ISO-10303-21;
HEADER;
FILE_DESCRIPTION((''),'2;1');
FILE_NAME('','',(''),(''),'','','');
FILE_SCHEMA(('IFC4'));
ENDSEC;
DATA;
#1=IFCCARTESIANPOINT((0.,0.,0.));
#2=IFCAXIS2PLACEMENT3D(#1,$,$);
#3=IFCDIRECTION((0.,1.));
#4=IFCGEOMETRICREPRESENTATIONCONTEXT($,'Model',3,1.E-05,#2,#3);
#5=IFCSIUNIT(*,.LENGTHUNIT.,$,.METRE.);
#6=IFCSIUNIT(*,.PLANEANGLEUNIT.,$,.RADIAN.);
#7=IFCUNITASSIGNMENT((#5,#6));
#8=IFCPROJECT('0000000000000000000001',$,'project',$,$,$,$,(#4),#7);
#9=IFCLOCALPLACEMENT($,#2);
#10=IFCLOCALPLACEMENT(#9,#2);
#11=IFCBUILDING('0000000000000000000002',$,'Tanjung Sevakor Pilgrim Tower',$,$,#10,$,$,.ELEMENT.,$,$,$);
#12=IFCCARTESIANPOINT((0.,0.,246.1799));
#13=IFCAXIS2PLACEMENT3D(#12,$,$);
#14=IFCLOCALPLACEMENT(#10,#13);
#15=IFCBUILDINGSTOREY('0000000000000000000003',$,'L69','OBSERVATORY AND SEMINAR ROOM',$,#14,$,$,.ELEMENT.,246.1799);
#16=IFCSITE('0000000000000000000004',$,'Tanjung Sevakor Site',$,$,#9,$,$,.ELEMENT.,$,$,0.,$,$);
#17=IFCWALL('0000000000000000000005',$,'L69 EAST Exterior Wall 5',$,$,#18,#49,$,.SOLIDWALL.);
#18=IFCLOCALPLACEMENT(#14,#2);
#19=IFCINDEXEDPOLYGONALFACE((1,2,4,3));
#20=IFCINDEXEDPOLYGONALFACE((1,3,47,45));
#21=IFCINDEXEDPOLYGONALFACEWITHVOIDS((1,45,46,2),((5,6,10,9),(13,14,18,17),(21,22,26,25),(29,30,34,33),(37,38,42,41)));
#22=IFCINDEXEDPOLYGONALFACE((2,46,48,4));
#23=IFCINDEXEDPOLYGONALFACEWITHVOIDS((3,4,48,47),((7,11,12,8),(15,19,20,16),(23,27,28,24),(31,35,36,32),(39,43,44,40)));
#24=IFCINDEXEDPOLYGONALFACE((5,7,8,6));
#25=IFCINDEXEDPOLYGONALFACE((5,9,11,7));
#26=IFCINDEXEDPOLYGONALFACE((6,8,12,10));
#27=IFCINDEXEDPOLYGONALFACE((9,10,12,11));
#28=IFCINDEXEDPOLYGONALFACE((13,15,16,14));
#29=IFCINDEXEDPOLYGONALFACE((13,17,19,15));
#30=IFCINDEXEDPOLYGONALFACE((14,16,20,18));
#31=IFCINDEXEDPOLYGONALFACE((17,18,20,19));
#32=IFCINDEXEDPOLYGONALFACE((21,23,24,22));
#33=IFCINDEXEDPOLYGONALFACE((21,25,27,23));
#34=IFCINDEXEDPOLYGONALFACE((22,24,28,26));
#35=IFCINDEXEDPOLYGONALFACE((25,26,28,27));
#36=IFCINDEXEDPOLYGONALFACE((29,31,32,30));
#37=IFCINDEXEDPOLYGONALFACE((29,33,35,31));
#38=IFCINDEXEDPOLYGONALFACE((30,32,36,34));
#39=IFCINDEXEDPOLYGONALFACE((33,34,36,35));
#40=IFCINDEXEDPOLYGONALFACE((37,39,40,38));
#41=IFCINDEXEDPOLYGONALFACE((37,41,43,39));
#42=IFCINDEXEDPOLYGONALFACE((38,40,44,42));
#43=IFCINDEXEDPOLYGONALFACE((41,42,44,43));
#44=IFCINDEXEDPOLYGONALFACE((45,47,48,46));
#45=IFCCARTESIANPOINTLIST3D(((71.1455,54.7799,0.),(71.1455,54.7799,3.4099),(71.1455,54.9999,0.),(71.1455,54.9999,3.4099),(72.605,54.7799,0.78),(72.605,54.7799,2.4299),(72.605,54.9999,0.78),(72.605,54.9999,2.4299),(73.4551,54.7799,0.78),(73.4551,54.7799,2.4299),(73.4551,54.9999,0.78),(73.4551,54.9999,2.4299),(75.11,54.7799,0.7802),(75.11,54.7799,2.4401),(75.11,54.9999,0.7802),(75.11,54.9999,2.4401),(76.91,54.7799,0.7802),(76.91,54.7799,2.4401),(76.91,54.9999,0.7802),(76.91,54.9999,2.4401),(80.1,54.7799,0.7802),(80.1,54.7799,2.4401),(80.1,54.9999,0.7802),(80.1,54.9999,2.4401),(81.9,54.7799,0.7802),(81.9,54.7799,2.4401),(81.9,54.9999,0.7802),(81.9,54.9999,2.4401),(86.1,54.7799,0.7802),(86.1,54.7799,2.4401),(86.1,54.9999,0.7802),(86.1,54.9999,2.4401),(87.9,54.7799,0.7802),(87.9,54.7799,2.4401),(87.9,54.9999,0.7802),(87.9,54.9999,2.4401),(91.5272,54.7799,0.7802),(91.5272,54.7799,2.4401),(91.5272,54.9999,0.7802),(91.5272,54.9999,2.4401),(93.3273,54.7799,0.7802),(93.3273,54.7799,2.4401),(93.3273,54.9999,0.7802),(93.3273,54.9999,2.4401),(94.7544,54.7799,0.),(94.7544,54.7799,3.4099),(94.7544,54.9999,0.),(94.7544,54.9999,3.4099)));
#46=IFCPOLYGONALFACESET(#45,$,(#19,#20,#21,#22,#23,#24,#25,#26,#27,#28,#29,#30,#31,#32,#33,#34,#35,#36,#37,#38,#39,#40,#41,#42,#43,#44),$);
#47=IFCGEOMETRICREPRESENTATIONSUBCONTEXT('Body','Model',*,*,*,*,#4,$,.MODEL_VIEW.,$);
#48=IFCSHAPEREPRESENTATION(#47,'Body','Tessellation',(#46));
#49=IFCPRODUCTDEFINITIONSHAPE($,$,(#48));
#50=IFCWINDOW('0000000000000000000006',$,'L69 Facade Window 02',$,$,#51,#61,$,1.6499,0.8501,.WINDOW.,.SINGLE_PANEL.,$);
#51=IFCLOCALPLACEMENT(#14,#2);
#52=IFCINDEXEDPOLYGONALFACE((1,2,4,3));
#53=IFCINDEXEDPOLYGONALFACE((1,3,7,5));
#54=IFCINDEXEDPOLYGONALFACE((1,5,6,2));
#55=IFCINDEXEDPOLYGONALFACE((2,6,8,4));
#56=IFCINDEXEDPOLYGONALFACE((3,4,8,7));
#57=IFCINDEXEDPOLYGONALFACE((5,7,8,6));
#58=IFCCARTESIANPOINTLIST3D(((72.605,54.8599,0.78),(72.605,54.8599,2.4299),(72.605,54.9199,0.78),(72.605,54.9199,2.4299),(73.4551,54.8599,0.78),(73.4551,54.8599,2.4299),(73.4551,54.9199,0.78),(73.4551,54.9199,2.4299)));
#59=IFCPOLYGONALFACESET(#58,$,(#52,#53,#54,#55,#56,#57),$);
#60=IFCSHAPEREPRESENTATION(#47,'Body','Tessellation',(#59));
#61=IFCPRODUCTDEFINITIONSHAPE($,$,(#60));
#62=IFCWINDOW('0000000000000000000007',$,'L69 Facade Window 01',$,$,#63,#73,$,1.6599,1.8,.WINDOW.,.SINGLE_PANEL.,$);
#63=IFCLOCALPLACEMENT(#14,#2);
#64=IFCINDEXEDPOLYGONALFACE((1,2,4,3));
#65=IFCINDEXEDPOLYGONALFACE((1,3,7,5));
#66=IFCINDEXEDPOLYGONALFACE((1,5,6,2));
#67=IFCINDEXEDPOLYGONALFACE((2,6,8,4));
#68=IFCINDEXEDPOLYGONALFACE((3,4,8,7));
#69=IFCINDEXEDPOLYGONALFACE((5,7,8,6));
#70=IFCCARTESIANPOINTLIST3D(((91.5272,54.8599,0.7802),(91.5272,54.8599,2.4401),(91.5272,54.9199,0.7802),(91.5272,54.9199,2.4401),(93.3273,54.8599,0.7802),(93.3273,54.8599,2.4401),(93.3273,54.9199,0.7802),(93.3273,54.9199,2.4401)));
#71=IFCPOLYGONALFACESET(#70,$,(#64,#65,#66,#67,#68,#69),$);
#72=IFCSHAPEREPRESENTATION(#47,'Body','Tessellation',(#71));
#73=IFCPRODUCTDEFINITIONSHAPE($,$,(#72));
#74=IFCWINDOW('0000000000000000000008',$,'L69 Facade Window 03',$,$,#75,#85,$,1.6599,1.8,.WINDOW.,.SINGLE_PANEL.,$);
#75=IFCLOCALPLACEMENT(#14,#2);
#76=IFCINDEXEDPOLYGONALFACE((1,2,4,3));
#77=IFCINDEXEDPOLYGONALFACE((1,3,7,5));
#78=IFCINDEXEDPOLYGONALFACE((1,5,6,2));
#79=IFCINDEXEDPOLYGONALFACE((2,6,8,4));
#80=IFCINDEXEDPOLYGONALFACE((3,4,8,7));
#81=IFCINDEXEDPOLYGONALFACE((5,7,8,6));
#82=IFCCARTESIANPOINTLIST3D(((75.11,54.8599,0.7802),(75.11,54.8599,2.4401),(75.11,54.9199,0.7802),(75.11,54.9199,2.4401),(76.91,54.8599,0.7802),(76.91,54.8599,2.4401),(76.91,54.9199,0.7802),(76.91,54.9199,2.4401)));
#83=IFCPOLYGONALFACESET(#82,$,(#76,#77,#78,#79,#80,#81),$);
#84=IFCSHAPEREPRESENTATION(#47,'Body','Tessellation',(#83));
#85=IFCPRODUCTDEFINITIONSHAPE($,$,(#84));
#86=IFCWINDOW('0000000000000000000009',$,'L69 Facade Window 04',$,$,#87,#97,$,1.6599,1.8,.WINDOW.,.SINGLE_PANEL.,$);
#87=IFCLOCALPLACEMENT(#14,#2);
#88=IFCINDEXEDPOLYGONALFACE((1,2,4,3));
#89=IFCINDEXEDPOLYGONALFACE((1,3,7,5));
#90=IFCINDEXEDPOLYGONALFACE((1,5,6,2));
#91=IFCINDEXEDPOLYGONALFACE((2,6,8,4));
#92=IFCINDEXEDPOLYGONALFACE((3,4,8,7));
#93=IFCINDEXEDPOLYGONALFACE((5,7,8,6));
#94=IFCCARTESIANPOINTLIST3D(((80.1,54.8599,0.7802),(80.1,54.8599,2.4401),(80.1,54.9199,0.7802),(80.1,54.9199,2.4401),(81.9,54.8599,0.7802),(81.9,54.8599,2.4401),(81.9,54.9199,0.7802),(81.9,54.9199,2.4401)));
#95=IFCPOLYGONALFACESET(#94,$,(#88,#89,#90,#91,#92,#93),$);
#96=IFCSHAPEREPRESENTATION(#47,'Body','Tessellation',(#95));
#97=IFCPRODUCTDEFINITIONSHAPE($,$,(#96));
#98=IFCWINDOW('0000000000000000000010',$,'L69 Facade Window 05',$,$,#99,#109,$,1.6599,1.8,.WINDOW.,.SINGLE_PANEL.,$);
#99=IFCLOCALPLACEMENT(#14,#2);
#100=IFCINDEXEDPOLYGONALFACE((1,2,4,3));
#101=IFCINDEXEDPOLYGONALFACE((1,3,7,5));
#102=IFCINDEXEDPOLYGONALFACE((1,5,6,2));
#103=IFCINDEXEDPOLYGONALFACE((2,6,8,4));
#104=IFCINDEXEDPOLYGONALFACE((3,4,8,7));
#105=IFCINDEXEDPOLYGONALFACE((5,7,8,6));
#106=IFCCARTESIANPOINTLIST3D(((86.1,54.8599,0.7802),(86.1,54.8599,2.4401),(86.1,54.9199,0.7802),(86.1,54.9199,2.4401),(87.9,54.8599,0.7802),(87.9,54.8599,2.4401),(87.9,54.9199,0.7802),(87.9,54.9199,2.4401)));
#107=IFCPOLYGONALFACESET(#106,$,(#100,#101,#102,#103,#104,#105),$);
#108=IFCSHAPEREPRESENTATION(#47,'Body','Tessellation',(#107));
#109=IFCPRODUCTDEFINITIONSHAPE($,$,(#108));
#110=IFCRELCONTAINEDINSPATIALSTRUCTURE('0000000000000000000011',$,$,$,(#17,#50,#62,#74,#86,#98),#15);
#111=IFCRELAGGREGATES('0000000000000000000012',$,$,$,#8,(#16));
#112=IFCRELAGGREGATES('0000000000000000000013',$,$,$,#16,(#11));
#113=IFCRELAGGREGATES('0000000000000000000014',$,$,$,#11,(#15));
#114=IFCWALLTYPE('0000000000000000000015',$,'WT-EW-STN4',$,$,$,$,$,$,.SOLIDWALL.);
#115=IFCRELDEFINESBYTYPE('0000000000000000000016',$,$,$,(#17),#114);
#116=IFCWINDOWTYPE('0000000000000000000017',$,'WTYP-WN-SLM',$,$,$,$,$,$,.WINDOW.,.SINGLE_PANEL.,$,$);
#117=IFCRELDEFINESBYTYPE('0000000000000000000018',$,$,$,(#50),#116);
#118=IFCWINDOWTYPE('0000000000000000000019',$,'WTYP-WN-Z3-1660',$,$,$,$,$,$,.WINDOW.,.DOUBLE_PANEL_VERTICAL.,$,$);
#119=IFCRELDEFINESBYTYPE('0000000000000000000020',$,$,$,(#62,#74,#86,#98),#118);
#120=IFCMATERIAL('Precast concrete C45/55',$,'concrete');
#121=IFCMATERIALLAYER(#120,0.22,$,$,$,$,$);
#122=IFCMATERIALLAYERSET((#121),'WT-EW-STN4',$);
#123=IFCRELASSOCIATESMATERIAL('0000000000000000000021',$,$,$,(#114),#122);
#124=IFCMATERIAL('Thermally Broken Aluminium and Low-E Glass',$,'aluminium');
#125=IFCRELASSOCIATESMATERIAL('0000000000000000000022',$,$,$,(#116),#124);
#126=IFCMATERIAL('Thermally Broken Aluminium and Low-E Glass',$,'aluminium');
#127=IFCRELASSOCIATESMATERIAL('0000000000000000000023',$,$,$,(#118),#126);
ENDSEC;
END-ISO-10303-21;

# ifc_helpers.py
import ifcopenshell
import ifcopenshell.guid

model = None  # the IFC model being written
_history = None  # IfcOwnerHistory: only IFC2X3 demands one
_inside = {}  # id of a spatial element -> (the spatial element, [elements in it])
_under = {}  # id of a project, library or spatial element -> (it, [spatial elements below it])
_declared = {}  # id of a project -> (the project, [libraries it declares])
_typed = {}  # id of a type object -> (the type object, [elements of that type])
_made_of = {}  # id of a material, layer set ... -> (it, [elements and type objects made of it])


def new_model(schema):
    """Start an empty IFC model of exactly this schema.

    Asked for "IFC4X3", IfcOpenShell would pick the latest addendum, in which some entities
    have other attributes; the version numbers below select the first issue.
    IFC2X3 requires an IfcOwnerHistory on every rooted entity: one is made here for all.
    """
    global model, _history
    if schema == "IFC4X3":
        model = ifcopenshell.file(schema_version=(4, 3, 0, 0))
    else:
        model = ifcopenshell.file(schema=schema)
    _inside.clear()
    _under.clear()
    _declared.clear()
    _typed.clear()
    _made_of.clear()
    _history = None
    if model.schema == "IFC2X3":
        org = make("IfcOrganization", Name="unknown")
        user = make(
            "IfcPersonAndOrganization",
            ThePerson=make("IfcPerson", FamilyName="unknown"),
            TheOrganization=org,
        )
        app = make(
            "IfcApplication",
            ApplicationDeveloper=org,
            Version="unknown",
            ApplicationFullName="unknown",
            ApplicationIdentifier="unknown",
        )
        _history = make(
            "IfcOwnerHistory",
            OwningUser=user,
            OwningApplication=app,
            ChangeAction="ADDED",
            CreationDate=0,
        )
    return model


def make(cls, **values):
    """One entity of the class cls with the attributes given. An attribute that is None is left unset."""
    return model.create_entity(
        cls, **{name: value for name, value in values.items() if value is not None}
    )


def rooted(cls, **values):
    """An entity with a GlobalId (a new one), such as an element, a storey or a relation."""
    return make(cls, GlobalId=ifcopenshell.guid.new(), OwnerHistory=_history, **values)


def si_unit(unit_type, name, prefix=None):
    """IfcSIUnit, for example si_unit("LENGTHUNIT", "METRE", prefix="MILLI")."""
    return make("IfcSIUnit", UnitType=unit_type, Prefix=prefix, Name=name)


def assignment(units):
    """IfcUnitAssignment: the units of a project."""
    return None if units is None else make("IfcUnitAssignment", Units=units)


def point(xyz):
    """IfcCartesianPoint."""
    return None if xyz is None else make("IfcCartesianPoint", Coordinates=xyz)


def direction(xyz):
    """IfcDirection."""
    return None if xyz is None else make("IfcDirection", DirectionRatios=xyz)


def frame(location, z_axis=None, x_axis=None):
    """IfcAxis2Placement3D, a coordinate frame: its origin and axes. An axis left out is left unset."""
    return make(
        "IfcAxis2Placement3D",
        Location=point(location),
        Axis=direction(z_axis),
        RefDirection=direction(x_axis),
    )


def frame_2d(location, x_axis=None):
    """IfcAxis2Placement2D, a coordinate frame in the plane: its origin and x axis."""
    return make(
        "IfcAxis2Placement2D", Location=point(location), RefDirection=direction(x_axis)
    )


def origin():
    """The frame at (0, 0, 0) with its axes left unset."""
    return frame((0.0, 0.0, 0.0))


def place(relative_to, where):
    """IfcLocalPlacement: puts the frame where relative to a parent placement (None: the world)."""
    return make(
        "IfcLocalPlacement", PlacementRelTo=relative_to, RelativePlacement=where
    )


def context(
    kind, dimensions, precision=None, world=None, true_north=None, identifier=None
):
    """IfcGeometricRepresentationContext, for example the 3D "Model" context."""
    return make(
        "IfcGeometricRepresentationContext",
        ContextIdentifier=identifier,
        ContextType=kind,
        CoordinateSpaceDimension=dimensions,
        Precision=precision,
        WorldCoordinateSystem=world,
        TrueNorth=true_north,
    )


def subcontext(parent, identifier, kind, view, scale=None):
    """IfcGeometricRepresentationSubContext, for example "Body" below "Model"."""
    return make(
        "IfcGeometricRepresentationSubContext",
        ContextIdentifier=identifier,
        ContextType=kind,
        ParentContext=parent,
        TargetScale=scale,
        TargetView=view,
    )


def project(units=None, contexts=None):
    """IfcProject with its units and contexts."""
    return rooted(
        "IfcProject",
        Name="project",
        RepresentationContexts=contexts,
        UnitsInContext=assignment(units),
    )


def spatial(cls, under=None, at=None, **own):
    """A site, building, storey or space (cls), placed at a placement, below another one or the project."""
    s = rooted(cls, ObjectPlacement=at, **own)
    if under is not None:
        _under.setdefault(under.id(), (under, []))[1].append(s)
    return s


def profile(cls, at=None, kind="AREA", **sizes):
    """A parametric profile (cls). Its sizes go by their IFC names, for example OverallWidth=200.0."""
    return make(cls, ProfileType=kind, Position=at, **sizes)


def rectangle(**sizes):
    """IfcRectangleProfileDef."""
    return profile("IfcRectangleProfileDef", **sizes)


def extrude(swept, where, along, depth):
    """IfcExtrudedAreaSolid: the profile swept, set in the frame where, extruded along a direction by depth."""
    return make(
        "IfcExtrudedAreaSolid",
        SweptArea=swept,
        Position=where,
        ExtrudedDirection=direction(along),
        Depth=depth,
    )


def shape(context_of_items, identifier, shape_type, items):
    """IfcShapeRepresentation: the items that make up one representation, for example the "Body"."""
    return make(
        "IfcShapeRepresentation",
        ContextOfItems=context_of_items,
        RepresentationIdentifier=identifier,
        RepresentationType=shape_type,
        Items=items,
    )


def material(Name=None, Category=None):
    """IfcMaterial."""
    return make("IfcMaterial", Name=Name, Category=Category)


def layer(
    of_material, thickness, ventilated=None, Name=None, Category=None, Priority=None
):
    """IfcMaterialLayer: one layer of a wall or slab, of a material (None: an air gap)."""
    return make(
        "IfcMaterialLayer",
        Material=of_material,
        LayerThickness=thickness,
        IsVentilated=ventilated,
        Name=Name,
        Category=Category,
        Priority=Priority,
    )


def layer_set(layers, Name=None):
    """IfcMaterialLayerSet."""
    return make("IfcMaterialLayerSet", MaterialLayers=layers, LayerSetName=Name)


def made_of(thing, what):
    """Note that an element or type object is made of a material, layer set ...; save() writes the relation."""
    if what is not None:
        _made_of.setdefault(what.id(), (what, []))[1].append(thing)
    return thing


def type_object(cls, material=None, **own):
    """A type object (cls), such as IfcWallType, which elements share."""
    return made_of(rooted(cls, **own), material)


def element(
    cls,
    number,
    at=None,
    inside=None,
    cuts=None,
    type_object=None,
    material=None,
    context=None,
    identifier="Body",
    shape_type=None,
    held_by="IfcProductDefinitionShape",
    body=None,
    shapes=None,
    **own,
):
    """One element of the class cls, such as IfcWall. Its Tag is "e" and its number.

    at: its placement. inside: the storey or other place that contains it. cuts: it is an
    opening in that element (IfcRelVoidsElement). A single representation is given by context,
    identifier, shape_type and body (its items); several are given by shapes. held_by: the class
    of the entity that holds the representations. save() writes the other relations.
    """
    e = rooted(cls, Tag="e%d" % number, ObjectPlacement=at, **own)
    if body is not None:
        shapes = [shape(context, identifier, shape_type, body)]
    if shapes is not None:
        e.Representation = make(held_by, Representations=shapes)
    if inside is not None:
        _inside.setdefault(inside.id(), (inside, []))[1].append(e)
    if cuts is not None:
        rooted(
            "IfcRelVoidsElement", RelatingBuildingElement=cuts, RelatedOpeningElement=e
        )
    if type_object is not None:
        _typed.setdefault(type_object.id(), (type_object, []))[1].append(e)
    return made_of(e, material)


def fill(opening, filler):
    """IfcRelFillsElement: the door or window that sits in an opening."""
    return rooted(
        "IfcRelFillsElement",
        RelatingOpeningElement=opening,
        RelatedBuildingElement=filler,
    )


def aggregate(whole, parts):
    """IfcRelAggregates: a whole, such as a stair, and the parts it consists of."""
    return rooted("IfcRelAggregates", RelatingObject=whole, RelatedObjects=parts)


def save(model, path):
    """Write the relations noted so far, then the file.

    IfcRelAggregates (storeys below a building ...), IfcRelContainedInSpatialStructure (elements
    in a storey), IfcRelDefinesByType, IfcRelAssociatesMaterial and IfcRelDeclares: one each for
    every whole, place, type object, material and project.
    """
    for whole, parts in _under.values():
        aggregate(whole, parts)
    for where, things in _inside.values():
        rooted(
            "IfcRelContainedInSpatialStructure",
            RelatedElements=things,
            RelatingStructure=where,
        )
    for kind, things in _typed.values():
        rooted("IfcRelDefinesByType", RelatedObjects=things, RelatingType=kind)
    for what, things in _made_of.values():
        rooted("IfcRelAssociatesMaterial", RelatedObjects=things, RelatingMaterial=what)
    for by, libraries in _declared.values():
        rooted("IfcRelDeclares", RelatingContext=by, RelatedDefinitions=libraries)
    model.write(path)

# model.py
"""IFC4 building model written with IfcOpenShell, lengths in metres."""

from ifc_helpers import new_model, si_unit, direction, frame, frame_2d, origin, place, context, subcontext, project, spatial, rectangle, extrude, material, layer, layer_set, type_object, element, fill, save


model = new_model("IFC4")

# Units and contexts
model_context = context("Model", 3, precision=1e-05, world=origin(), true_north=direction((0.0, 1.0)))
body_context = subcontext(model_context, "Body", "Model", "MODEL_VIEW")
ifc_project = project(units=[si_unit("LENGTHUNIT", "METRE"), si_unit("PLANEANGLEUNIT", "RADIAN")], contexts=[model_context])

# Site, building, storey
site_placement = place(None, origin())
site = spatial("IfcSite", under=ifc_project, at=site_placement, Name="Tanjung Sevakor Site", CompositionType="ELEMENT", RefElevation=0.0)
building_placement = place(site_placement, origin())
building = spatial("IfcBuilding", under=site, at=building_placement, Name="Tanjung Sevakor Pilgrim Tower", CompositionType="ELEMENT")
storey_placement = place(building_placement, frame((0.0, 0.0, 246.1799)))
storey = spatial("IfcBuildingStorey", under=building, at=storey_placement, Name="L69", Description="OBSERVATORY AND SEMINAR ROOM", CompositionType="ELEMENT", Elevation=246.1799)

# Wall, openings, windows
ifc_material_1 = material(Name="Precast concrete C45/55", Category="concrete")
ifc_layer_1 = layer(ifc_material_1, 0.22)
ifc_layer_set_1 = layer_set([ifc_layer_1], Name="WT-EW-STN4")
wall_type_1 = type_object("IfcWallType", Name="WT-EW-STN4", PredefinedType="SOLIDWALL", material=ifc_layer_set_1)
wall_1_placement = place(storey_placement, frame((94.7544, 54.8899, 0.0), z_axis=(0.0, 0.0, 1.0), x_axis=(-1.0, 0.0, 0.0)))
wall_1 = element("IfcWall", 1, at=wall_1_placement, inside=storey, type_object=wall_type_1, Name="L69 EAST Exterior Wall 5", PredefinedType="SOLIDWALL", context=body_context, shape_type="SweptSolid", body=[
    extrude(rectangle(XDim=23.6089, YDim=0.22, at=frame_2d((11.8044, 0.0))), origin(), (0.0, 0.0, 1.0), 3.4099),
])
opening_1_placement = place(wall_1_placement, frame((1.4272, 0.0, 0.78)))
opening_1 = element("IfcOpeningElement", 2, at=opening_1_placement, cuts=wall_1, PredefinedType="OPENING", context=body_context, shape_type="SweptSolid", body=[
    extrude(rectangle(XDim=1.8, YDim=1.6599, at=frame_2d((0.8999, 0.8301))), frame((0.0, 0.1199, 0.0), z_axis=(0.0, -1.0, 0.0), x_axis=(1.0, 0.0, 0.0)), (0.0, 0.0, 1.0), 0.24),
])
opening_2_placement = place(wall_1_placement, frame((21.2993, 0.0, 0.78)))
opening_2 = element("IfcOpeningElement", 3, at=opening_2_placement, cuts=wall_1, PredefinedType="OPENING", context=body_context, shape_type="SweptSolid", body=[
    extrude(rectangle(XDim=0.8501, YDim=1.6499, at=frame_2d((0.425, 0.825))), frame((0.0, 0.1199, 0.0), z_axis=(0.0, -1.0, 0.0), x_axis=(1.0, 0.0, 0.0)), (0.0, 0.0, 1.0), 0.24),
])
opening_3_placement = place(wall_1_placement, frame((17.8445, 0.0, 0.78)))
opening_3 = element("IfcOpeningElement", 4, at=opening_3_placement, cuts=wall_1, PredefinedType="OPENING", context=body_context, shape_type="SweptSolid", body=[
    extrude(rectangle(XDim=1.8, YDim=1.6599, at=frame_2d((0.8999, 0.8301))), frame((0.0, 0.1199, 0.0), z_axis=(0.0, -1.0, 0.0), x_axis=(1.0, 0.0, 0.0)), (0.0, 0.0, 1.0), 0.24),
])
opening_4_placement = place(wall_1_placement, frame((12.8545, 0.0, 0.78)))
opening_4 = element("IfcOpeningElement", 5, at=opening_4_placement, cuts=wall_1, PredefinedType="OPENING", context=body_context, shape_type="SweptSolid", body=[
    extrude(rectangle(XDim=1.8, YDim=1.6599, at=frame_2d((0.8999, 0.8301))), frame((0.0, 0.1199, 0.0), z_axis=(0.0, -1.0, 0.0), x_axis=(1.0, 0.0, 0.0)), (0.0, 0.0, 1.0), 0.24),
])
opening_5_placement = place(wall_1_placement, frame((6.8545, 0.0, 0.78)))
opening_5 = element("IfcOpeningElement", 6, at=opening_5_placement, cuts=wall_1, PredefinedType="OPENING", context=body_context, shape_type="SweptSolid", body=[
    extrude(rectangle(XDim=1.8, YDim=1.6599, at=frame_2d((0.8999, 0.8301))), frame((0.0, 0.1199, 0.0), z_axis=(0.0, -1.0, 0.0), x_axis=(1.0, 0.0, 0.0)), (0.0, 0.0, 1.0), 0.24),
])
ifc_material_2 = material(Name="Thermally Broken Aluminium and Low-E Glass", Category="aluminium")
window_type_1 = type_object("IfcWindowType", Name="WTYP-WN-SLM", PartitioningType="SINGLE_PANEL", PredefinedType="WINDOW", material=ifc_material_2)
window_1_placement = place(opening_2_placement, origin())
window_1 = element("IfcWindow", 7, at=window_1_placement, inside=storey, type_object=window_type_1, Name="L69 Facade Window 02", OverallHeight=1.6499, OverallWidth=0.8501, PartitioningType="SINGLE_PANEL", PredefinedType="WINDOW", context=body_context, shape_type="SweptSolid", body=[
    extrude(rectangle(XDim=0.8501, YDim=1.6499, at=frame_2d((0.425, 0.825))), frame((0.0, 0.03, 0.0), z_axis=(0.0, -1.0, 0.0), x_axis=(1.0, 0.0, 0.0)), (0.0, 0.0, 1.0), 0.0601),
])
fill(opening_2, window_1)
ifc_material_3 = material(Name="Thermally Broken Aluminium and Low-E Glass", Category="aluminium")
window_type_2 = type_object("IfcWindowType", Name="WTYP-WN-Z3-1660", PartitioningType="DOUBLE_PANEL_VERTICAL", PredefinedType="WINDOW", material=ifc_material_3)
window_2_placement = place(opening_1_placement, origin())
window_2 = element("IfcWindow", 8, at=window_2_placement, inside=storey, type_object=window_type_2, Name="L69 Facade Window 01", OverallHeight=1.6599, OverallWidth=1.8, PartitioningType="SINGLE_PANEL", PredefinedType="WINDOW", context=body_context, shape_type="SweptSolid", body=[
    extrude(rectangle(XDim=1.8, YDim=1.6599, at=frame_2d((0.8999, 0.8301))), frame((0.0, 0.03, 0.0), z_axis=(0.0, -1.0, 0.0), x_axis=(1.0, 0.0, 0.0)), (0.0, 0.0, 1.0), 0.0601),
])
fill(opening_1, window_2)
window_3_placement = place(opening_3_placement, origin())
window_3 = element("IfcWindow", 9, at=window_3_placement, inside=storey, type_object=window_type_2, Name="L69 Facade Window 03", OverallHeight=1.6599, OverallWidth=1.8, PartitioningType="SINGLE_PANEL", PredefinedType="WINDOW", context=body_context, shape_type="SweptSolid", body=[
    extrude(rectangle(XDim=1.8, YDim=1.6599, at=frame_2d((0.8999, 0.8301))), frame((0.0, 0.03, 0.0), z_axis=(0.0, -1.0, 0.0), x_axis=(1.0, 0.0, 0.0)), (0.0, 0.0, 1.0), 0.0601),
])
fill(opening_3, window_3)
window_4_placement = place(opening_4_placement, origin())
window_4 = element("IfcWindow", 10, at=window_4_placement, inside=storey, type_object=window_type_2, Name="L69 Facade Window 04", OverallHeight=1.6599, OverallWidth=1.8, PartitioningType="SINGLE_PANEL", PredefinedType="WINDOW", context=body_context, shape_type="SweptSolid", body=[
    extrude(rectangle(XDim=1.8, YDim=1.6599, at=frame_2d((0.8999, 0.8301))), frame((0.0, 0.03, 0.0), z_axis=(0.0, -1.0, 0.0), x_axis=(1.0, 0.0, 0.0)), (0.0, 0.0, 1.0), 0.0601),
])
fill(opening_4, window_4)
window_5_placement = place(opening_5_placement, origin())
window_5 = element("IfcWindow", 11, at=window_5_placement, inside=storey, type_object=window_type_2, Name="L69 Facade Window 05", OverallHeight=1.6599, OverallWidth=1.8, PartitioningType="SINGLE_PANEL", PredefinedType="WINDOW", context=body_context, shape_type="SweptSolid", body=[
    extrude(rectangle(XDim=1.8, YDim=1.6599, at=frame_2d((0.8999, 0.8301))), frame((0.0, 0.03, 0.0), z_axis=(0.0, -1.0, 0.0), x_axis=(1.0, 0.0, 0.0)), (0.0, 0.0, 1.0), 0.0601),
])
fill(opening_5, window_5)

save(model, "model.ifc")
